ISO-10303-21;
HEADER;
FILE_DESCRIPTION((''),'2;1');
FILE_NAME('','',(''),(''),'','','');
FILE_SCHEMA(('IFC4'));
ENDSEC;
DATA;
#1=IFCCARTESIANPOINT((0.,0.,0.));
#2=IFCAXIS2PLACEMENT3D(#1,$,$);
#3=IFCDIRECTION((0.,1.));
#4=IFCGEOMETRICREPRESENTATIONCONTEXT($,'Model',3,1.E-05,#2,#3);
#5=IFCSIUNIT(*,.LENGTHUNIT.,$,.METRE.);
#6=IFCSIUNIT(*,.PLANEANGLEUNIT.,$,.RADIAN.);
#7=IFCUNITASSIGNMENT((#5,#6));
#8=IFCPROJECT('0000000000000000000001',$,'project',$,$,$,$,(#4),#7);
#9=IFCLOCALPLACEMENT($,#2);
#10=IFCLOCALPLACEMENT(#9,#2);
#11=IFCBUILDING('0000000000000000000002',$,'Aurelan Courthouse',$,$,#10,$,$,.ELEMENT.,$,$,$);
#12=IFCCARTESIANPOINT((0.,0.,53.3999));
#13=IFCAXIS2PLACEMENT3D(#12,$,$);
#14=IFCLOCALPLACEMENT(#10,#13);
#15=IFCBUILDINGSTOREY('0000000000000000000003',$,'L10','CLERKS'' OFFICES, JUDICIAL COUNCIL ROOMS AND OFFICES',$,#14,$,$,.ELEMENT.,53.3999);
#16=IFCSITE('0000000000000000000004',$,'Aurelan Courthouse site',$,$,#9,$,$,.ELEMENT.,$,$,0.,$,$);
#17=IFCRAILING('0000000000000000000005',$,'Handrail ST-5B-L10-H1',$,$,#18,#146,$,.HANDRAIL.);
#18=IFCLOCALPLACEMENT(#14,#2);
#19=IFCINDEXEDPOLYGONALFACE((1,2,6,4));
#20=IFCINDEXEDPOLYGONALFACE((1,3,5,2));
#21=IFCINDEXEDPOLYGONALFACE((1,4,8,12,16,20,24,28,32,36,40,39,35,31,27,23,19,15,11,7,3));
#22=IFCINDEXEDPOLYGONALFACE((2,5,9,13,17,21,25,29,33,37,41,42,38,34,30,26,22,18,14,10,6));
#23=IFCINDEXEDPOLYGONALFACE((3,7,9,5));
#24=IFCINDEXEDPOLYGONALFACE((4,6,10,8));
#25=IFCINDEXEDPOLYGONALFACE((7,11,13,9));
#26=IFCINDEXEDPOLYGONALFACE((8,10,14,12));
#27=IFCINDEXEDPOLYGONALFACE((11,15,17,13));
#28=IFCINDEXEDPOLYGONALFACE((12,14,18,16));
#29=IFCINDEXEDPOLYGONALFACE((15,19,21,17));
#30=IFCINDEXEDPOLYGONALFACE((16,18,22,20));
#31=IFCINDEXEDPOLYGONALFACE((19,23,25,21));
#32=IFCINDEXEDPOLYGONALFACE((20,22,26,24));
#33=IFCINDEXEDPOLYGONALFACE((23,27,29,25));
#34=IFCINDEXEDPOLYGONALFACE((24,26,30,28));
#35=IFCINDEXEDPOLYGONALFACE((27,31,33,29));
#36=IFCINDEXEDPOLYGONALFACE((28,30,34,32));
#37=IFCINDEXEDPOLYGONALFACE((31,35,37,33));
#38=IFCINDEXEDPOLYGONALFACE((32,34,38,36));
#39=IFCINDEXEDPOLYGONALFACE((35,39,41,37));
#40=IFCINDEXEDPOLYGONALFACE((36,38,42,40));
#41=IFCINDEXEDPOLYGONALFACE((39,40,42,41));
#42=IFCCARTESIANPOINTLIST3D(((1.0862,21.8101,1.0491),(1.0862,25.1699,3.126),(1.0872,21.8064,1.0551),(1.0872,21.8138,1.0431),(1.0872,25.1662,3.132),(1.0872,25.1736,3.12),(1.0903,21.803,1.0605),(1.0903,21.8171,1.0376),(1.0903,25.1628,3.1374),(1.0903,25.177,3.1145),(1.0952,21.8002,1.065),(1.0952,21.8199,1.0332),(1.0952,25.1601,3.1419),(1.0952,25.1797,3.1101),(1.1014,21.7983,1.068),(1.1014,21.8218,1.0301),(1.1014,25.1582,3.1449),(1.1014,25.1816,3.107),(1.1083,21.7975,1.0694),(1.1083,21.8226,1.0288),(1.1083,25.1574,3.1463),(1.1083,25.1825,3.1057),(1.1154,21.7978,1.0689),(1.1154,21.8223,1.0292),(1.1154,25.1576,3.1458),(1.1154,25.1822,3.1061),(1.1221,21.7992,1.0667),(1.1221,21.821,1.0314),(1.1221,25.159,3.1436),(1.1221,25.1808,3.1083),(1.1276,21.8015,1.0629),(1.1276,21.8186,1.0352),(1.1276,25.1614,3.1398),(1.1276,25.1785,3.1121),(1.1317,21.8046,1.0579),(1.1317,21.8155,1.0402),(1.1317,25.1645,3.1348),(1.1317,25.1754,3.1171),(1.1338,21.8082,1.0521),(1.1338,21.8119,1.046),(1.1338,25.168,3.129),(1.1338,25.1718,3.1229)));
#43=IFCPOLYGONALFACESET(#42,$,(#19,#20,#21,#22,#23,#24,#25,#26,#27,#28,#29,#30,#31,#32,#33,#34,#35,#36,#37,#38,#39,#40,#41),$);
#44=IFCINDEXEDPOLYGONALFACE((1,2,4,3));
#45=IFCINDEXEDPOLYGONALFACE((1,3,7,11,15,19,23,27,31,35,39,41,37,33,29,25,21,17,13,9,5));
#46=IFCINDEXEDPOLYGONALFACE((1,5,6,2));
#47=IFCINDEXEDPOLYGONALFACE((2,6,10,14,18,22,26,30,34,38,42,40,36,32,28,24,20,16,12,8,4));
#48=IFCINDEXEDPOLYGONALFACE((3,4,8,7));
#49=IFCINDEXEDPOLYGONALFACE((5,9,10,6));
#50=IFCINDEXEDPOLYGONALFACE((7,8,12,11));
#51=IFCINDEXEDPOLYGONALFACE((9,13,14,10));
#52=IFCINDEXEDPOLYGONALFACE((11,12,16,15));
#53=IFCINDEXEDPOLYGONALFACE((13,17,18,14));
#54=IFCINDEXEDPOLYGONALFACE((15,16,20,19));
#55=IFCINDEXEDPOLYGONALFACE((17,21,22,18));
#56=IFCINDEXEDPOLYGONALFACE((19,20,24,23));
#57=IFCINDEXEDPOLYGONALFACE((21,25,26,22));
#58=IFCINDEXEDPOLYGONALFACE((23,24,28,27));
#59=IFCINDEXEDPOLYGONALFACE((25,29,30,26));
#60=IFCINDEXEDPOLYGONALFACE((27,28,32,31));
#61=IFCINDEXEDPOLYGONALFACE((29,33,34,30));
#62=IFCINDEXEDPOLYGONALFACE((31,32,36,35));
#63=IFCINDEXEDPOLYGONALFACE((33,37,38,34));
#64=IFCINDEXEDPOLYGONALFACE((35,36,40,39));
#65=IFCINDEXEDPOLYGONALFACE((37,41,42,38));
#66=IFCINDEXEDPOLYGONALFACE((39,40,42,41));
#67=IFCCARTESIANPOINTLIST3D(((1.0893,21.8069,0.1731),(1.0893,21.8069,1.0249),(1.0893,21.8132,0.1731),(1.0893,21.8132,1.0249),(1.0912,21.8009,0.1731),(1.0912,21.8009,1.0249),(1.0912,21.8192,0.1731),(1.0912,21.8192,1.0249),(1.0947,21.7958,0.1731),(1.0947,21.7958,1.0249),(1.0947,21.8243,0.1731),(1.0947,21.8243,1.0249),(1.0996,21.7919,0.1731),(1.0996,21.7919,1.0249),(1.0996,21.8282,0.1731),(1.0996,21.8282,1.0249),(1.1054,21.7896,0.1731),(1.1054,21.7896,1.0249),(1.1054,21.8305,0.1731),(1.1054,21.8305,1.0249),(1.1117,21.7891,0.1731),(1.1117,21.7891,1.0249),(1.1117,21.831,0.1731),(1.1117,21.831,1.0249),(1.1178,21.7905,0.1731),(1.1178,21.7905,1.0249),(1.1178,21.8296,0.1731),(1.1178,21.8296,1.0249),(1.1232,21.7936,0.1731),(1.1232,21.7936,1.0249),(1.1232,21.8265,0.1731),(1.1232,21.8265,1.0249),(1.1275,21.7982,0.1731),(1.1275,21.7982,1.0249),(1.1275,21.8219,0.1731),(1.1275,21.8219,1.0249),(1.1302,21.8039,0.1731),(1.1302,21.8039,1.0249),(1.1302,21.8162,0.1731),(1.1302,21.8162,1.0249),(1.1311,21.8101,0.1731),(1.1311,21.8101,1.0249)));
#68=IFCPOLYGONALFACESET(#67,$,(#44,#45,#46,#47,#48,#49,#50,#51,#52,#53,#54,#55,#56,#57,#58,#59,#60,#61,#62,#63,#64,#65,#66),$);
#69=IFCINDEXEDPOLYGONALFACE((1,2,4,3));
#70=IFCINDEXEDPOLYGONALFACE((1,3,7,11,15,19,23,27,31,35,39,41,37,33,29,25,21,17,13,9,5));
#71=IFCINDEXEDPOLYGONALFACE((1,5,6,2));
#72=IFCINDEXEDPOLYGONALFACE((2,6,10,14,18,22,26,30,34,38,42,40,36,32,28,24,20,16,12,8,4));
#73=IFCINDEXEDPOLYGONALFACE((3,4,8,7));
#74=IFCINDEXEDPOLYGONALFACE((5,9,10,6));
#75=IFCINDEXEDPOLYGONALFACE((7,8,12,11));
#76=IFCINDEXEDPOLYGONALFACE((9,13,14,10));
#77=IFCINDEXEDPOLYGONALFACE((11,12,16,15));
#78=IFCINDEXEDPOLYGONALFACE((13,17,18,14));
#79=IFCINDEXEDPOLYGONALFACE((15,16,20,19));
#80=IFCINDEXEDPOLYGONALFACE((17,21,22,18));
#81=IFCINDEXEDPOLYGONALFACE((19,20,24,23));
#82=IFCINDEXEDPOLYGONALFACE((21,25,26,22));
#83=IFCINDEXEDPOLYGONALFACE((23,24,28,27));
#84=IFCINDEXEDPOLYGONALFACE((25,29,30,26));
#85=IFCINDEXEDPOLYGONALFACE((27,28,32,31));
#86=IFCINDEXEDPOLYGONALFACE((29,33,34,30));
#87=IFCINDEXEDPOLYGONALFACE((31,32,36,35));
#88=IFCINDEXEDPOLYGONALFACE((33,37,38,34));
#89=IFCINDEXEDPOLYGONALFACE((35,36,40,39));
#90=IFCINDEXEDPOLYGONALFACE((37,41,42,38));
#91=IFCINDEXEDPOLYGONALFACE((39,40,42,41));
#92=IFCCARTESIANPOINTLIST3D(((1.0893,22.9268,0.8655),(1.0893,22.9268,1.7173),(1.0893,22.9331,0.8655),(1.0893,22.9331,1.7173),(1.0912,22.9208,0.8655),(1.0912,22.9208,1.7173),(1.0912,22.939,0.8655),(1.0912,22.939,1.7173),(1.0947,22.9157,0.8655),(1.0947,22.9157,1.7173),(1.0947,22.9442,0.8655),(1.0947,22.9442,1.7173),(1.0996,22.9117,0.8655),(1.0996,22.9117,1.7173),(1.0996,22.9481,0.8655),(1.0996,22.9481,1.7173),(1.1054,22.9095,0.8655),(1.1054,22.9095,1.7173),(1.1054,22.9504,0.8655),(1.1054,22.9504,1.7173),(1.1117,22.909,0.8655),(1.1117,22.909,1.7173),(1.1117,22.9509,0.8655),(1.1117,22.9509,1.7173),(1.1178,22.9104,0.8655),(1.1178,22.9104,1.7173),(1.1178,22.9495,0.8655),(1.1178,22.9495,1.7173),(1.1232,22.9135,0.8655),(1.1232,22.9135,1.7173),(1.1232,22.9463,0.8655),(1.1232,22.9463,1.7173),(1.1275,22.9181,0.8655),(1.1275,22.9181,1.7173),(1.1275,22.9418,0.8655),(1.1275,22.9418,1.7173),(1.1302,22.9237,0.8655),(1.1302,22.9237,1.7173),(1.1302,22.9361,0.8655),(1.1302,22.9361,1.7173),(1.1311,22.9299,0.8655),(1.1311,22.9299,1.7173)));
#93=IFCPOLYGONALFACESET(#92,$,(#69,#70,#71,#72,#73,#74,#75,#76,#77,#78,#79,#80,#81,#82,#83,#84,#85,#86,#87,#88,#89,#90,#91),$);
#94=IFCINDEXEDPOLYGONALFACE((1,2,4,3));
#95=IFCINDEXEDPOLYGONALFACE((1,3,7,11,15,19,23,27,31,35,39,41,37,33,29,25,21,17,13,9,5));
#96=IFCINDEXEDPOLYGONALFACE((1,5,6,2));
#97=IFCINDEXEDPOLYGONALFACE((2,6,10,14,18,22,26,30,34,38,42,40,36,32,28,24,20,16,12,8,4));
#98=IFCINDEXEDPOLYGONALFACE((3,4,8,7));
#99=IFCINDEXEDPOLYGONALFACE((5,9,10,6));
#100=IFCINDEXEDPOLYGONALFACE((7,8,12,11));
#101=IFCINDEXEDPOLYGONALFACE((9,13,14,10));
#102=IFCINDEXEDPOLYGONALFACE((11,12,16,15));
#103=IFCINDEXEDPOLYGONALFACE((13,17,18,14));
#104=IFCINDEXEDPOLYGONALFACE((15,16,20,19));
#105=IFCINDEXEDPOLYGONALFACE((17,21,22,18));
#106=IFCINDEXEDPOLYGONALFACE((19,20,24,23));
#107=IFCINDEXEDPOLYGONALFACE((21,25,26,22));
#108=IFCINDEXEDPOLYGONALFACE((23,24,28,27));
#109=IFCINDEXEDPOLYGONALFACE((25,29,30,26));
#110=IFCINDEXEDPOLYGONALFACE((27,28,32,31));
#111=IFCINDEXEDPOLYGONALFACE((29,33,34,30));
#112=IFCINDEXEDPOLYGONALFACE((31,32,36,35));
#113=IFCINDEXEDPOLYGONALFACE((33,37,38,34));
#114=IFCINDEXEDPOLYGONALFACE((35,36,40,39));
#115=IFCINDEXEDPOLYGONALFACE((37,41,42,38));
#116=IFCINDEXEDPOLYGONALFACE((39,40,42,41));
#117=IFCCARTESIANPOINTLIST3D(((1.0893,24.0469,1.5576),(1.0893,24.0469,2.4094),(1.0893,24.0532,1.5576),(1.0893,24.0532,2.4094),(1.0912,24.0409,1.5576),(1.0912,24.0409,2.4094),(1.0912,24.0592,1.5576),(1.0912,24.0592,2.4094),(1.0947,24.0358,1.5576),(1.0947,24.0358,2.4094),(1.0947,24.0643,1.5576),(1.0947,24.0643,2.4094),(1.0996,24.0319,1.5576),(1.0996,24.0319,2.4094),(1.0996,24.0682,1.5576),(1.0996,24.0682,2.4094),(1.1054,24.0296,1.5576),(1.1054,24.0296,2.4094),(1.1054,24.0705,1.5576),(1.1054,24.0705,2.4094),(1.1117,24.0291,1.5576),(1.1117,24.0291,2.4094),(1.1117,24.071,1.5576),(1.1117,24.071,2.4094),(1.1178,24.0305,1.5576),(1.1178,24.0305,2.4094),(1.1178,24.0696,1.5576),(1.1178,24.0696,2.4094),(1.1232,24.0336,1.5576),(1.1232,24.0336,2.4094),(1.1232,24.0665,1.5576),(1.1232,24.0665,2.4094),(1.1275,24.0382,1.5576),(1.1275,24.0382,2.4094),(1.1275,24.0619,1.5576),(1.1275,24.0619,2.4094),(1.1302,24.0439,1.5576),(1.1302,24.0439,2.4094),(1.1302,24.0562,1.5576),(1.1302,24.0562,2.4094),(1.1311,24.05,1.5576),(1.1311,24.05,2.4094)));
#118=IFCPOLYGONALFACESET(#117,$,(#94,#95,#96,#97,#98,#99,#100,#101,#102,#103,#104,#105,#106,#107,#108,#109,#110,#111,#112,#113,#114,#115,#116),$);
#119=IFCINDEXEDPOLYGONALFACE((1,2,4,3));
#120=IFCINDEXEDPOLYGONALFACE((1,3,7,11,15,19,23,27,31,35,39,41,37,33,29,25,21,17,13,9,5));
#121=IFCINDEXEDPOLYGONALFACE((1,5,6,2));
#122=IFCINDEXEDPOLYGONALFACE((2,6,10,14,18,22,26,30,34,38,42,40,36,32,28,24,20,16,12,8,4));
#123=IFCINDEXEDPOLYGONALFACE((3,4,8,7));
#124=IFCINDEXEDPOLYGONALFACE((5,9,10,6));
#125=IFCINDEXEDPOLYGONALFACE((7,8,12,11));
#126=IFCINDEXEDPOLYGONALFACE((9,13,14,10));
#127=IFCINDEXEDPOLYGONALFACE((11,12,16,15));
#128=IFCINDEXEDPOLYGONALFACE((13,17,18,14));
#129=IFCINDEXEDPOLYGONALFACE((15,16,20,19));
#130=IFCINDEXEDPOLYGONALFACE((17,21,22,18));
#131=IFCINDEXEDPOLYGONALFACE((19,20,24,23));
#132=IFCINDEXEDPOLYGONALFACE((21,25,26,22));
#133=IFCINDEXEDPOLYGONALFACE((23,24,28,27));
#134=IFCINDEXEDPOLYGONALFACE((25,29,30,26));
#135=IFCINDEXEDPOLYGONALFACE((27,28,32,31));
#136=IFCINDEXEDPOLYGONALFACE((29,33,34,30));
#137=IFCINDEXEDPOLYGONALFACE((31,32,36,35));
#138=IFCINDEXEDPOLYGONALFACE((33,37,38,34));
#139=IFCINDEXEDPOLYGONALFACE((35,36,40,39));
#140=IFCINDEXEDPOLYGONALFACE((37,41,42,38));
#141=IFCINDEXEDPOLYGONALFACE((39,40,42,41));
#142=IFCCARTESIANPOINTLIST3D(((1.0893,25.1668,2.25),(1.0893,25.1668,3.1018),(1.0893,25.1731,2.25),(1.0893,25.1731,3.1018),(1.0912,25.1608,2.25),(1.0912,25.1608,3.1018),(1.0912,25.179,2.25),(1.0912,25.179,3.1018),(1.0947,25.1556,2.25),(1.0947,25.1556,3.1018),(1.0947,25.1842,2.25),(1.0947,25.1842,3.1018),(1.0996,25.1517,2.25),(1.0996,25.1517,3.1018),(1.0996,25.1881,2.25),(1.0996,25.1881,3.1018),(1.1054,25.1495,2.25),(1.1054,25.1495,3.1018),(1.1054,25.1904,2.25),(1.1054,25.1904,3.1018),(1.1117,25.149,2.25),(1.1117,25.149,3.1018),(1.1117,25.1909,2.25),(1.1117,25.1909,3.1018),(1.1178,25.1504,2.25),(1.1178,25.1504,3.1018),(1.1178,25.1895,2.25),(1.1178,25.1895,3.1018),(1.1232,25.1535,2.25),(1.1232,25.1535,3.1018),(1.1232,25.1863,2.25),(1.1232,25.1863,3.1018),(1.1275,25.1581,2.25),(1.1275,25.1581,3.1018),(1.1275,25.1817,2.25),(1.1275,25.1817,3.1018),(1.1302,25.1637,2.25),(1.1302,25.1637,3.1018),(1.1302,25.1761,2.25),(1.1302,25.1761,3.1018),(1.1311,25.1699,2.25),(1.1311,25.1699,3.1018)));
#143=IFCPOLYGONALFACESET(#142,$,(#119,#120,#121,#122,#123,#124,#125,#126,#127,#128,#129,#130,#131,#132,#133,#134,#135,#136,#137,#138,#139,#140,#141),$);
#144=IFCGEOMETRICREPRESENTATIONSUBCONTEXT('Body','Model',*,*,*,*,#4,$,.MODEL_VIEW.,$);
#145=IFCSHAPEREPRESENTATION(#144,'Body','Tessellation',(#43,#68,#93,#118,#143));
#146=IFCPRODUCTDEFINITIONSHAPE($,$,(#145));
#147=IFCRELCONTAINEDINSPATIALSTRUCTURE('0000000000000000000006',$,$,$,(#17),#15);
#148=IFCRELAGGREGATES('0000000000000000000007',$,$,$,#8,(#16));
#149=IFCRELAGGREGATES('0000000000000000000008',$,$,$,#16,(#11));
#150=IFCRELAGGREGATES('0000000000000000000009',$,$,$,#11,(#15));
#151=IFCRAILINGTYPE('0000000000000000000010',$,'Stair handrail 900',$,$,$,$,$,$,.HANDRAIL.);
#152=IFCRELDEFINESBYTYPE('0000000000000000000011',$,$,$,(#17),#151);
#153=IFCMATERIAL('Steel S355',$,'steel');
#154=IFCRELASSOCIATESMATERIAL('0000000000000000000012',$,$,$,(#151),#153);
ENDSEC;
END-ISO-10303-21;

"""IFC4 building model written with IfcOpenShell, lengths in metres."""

from ifc_helpers import new_model, si_unit, direction, frame, origin, origin_2d, place, context, subcontext, project, spatial, circle, extrude, material, type_object, element, save


model = new_model("IFC4")

# Units and contexts
model_context = context("Model", 3, precision=1e-05, world=origin(), true_north=direction((0.0, 1.0)))
body_context = subcontext(model_context, "Body", "Model", "MODEL_VIEW")
ifc_project = project(units=[si_unit("LENGTHUNIT", "METRE"), si_unit("PLANEANGLEUNIT", "RADIAN")], contexts=[model_context])

# Site, building, storey
site_placement = place(None, origin())
site = spatial("IfcSite", under=ifc_project, at=site_placement, Name="Aurelan Courthouse site", CompositionType="ELEMENT", RefElevation=0.0)
building_placement = place(site_placement, origin())
building = spatial("IfcBuilding", under=site, at=building_placement, Name="Aurelan Courthouse", CompositionType="ELEMENT")
storey_placement = place(building_placement, frame((0.0, 0.0, 53.3999)))
storey = spatial("IfcBuildingStorey", under=building, at=storey_placement, Name="L10", Description="CLERKS' OFFICES, JUDICIAL COUNCIL ROOMS AND OFFICES", CompositionType="ELEMENT", Elevation=53.3999)

# Railing
ifc_material_1 = material(Name="Steel S355", Category="steel")
railing_type = type_object("IfcRailingType", Name="Stair handrail 900", PredefinedType="HANDRAIL", material=ifc_material_1)
for number, where, name in (
    (1, (1.1101, 21.8101, 0.1731), "Handrail ST-5B-L10-H1"),
):
    element("IfcRailing", number, at=place(storey_placement, frame(where)), inside=storey, type_object=railing_type, Name=name, PredefinedType="HANDRAIL", context=body_context, shape_type="SweptSolid", body=[
        extrude(circle(Radius=0.0239, at=origin_2d()), frame((0.0, 0.0, 0.876), z_axis=(0.0, 0.850606, 0.525803), x_axis=(-1.0, 0.0, 0.0)), (0.0, 0.0, 1.0), 3.95),
        extrude(circle(Radius=0.021, at=origin_2d()), origin(), (0.0, 0.0, 1.0), 0.8518),
        extrude(circle(Radius=0.021, at=origin_2d()), frame((0.0, 1.1199, 0.6924)), (0.0, 0.0, 1.0), 0.8518),
        extrude(circle(Radius=0.021, at=origin_2d()), frame((0.0, 2.24, 1.3845)), (0.0, 0.0, 1.0), 0.8518),
        extrude(circle(Radius=0.021, at=origin_2d()), frame((0.0, 3.3599, 2.0769)), (0.0, 0.0, 1.0), 0.8518),
    ])

save(model, "model.ifc")
